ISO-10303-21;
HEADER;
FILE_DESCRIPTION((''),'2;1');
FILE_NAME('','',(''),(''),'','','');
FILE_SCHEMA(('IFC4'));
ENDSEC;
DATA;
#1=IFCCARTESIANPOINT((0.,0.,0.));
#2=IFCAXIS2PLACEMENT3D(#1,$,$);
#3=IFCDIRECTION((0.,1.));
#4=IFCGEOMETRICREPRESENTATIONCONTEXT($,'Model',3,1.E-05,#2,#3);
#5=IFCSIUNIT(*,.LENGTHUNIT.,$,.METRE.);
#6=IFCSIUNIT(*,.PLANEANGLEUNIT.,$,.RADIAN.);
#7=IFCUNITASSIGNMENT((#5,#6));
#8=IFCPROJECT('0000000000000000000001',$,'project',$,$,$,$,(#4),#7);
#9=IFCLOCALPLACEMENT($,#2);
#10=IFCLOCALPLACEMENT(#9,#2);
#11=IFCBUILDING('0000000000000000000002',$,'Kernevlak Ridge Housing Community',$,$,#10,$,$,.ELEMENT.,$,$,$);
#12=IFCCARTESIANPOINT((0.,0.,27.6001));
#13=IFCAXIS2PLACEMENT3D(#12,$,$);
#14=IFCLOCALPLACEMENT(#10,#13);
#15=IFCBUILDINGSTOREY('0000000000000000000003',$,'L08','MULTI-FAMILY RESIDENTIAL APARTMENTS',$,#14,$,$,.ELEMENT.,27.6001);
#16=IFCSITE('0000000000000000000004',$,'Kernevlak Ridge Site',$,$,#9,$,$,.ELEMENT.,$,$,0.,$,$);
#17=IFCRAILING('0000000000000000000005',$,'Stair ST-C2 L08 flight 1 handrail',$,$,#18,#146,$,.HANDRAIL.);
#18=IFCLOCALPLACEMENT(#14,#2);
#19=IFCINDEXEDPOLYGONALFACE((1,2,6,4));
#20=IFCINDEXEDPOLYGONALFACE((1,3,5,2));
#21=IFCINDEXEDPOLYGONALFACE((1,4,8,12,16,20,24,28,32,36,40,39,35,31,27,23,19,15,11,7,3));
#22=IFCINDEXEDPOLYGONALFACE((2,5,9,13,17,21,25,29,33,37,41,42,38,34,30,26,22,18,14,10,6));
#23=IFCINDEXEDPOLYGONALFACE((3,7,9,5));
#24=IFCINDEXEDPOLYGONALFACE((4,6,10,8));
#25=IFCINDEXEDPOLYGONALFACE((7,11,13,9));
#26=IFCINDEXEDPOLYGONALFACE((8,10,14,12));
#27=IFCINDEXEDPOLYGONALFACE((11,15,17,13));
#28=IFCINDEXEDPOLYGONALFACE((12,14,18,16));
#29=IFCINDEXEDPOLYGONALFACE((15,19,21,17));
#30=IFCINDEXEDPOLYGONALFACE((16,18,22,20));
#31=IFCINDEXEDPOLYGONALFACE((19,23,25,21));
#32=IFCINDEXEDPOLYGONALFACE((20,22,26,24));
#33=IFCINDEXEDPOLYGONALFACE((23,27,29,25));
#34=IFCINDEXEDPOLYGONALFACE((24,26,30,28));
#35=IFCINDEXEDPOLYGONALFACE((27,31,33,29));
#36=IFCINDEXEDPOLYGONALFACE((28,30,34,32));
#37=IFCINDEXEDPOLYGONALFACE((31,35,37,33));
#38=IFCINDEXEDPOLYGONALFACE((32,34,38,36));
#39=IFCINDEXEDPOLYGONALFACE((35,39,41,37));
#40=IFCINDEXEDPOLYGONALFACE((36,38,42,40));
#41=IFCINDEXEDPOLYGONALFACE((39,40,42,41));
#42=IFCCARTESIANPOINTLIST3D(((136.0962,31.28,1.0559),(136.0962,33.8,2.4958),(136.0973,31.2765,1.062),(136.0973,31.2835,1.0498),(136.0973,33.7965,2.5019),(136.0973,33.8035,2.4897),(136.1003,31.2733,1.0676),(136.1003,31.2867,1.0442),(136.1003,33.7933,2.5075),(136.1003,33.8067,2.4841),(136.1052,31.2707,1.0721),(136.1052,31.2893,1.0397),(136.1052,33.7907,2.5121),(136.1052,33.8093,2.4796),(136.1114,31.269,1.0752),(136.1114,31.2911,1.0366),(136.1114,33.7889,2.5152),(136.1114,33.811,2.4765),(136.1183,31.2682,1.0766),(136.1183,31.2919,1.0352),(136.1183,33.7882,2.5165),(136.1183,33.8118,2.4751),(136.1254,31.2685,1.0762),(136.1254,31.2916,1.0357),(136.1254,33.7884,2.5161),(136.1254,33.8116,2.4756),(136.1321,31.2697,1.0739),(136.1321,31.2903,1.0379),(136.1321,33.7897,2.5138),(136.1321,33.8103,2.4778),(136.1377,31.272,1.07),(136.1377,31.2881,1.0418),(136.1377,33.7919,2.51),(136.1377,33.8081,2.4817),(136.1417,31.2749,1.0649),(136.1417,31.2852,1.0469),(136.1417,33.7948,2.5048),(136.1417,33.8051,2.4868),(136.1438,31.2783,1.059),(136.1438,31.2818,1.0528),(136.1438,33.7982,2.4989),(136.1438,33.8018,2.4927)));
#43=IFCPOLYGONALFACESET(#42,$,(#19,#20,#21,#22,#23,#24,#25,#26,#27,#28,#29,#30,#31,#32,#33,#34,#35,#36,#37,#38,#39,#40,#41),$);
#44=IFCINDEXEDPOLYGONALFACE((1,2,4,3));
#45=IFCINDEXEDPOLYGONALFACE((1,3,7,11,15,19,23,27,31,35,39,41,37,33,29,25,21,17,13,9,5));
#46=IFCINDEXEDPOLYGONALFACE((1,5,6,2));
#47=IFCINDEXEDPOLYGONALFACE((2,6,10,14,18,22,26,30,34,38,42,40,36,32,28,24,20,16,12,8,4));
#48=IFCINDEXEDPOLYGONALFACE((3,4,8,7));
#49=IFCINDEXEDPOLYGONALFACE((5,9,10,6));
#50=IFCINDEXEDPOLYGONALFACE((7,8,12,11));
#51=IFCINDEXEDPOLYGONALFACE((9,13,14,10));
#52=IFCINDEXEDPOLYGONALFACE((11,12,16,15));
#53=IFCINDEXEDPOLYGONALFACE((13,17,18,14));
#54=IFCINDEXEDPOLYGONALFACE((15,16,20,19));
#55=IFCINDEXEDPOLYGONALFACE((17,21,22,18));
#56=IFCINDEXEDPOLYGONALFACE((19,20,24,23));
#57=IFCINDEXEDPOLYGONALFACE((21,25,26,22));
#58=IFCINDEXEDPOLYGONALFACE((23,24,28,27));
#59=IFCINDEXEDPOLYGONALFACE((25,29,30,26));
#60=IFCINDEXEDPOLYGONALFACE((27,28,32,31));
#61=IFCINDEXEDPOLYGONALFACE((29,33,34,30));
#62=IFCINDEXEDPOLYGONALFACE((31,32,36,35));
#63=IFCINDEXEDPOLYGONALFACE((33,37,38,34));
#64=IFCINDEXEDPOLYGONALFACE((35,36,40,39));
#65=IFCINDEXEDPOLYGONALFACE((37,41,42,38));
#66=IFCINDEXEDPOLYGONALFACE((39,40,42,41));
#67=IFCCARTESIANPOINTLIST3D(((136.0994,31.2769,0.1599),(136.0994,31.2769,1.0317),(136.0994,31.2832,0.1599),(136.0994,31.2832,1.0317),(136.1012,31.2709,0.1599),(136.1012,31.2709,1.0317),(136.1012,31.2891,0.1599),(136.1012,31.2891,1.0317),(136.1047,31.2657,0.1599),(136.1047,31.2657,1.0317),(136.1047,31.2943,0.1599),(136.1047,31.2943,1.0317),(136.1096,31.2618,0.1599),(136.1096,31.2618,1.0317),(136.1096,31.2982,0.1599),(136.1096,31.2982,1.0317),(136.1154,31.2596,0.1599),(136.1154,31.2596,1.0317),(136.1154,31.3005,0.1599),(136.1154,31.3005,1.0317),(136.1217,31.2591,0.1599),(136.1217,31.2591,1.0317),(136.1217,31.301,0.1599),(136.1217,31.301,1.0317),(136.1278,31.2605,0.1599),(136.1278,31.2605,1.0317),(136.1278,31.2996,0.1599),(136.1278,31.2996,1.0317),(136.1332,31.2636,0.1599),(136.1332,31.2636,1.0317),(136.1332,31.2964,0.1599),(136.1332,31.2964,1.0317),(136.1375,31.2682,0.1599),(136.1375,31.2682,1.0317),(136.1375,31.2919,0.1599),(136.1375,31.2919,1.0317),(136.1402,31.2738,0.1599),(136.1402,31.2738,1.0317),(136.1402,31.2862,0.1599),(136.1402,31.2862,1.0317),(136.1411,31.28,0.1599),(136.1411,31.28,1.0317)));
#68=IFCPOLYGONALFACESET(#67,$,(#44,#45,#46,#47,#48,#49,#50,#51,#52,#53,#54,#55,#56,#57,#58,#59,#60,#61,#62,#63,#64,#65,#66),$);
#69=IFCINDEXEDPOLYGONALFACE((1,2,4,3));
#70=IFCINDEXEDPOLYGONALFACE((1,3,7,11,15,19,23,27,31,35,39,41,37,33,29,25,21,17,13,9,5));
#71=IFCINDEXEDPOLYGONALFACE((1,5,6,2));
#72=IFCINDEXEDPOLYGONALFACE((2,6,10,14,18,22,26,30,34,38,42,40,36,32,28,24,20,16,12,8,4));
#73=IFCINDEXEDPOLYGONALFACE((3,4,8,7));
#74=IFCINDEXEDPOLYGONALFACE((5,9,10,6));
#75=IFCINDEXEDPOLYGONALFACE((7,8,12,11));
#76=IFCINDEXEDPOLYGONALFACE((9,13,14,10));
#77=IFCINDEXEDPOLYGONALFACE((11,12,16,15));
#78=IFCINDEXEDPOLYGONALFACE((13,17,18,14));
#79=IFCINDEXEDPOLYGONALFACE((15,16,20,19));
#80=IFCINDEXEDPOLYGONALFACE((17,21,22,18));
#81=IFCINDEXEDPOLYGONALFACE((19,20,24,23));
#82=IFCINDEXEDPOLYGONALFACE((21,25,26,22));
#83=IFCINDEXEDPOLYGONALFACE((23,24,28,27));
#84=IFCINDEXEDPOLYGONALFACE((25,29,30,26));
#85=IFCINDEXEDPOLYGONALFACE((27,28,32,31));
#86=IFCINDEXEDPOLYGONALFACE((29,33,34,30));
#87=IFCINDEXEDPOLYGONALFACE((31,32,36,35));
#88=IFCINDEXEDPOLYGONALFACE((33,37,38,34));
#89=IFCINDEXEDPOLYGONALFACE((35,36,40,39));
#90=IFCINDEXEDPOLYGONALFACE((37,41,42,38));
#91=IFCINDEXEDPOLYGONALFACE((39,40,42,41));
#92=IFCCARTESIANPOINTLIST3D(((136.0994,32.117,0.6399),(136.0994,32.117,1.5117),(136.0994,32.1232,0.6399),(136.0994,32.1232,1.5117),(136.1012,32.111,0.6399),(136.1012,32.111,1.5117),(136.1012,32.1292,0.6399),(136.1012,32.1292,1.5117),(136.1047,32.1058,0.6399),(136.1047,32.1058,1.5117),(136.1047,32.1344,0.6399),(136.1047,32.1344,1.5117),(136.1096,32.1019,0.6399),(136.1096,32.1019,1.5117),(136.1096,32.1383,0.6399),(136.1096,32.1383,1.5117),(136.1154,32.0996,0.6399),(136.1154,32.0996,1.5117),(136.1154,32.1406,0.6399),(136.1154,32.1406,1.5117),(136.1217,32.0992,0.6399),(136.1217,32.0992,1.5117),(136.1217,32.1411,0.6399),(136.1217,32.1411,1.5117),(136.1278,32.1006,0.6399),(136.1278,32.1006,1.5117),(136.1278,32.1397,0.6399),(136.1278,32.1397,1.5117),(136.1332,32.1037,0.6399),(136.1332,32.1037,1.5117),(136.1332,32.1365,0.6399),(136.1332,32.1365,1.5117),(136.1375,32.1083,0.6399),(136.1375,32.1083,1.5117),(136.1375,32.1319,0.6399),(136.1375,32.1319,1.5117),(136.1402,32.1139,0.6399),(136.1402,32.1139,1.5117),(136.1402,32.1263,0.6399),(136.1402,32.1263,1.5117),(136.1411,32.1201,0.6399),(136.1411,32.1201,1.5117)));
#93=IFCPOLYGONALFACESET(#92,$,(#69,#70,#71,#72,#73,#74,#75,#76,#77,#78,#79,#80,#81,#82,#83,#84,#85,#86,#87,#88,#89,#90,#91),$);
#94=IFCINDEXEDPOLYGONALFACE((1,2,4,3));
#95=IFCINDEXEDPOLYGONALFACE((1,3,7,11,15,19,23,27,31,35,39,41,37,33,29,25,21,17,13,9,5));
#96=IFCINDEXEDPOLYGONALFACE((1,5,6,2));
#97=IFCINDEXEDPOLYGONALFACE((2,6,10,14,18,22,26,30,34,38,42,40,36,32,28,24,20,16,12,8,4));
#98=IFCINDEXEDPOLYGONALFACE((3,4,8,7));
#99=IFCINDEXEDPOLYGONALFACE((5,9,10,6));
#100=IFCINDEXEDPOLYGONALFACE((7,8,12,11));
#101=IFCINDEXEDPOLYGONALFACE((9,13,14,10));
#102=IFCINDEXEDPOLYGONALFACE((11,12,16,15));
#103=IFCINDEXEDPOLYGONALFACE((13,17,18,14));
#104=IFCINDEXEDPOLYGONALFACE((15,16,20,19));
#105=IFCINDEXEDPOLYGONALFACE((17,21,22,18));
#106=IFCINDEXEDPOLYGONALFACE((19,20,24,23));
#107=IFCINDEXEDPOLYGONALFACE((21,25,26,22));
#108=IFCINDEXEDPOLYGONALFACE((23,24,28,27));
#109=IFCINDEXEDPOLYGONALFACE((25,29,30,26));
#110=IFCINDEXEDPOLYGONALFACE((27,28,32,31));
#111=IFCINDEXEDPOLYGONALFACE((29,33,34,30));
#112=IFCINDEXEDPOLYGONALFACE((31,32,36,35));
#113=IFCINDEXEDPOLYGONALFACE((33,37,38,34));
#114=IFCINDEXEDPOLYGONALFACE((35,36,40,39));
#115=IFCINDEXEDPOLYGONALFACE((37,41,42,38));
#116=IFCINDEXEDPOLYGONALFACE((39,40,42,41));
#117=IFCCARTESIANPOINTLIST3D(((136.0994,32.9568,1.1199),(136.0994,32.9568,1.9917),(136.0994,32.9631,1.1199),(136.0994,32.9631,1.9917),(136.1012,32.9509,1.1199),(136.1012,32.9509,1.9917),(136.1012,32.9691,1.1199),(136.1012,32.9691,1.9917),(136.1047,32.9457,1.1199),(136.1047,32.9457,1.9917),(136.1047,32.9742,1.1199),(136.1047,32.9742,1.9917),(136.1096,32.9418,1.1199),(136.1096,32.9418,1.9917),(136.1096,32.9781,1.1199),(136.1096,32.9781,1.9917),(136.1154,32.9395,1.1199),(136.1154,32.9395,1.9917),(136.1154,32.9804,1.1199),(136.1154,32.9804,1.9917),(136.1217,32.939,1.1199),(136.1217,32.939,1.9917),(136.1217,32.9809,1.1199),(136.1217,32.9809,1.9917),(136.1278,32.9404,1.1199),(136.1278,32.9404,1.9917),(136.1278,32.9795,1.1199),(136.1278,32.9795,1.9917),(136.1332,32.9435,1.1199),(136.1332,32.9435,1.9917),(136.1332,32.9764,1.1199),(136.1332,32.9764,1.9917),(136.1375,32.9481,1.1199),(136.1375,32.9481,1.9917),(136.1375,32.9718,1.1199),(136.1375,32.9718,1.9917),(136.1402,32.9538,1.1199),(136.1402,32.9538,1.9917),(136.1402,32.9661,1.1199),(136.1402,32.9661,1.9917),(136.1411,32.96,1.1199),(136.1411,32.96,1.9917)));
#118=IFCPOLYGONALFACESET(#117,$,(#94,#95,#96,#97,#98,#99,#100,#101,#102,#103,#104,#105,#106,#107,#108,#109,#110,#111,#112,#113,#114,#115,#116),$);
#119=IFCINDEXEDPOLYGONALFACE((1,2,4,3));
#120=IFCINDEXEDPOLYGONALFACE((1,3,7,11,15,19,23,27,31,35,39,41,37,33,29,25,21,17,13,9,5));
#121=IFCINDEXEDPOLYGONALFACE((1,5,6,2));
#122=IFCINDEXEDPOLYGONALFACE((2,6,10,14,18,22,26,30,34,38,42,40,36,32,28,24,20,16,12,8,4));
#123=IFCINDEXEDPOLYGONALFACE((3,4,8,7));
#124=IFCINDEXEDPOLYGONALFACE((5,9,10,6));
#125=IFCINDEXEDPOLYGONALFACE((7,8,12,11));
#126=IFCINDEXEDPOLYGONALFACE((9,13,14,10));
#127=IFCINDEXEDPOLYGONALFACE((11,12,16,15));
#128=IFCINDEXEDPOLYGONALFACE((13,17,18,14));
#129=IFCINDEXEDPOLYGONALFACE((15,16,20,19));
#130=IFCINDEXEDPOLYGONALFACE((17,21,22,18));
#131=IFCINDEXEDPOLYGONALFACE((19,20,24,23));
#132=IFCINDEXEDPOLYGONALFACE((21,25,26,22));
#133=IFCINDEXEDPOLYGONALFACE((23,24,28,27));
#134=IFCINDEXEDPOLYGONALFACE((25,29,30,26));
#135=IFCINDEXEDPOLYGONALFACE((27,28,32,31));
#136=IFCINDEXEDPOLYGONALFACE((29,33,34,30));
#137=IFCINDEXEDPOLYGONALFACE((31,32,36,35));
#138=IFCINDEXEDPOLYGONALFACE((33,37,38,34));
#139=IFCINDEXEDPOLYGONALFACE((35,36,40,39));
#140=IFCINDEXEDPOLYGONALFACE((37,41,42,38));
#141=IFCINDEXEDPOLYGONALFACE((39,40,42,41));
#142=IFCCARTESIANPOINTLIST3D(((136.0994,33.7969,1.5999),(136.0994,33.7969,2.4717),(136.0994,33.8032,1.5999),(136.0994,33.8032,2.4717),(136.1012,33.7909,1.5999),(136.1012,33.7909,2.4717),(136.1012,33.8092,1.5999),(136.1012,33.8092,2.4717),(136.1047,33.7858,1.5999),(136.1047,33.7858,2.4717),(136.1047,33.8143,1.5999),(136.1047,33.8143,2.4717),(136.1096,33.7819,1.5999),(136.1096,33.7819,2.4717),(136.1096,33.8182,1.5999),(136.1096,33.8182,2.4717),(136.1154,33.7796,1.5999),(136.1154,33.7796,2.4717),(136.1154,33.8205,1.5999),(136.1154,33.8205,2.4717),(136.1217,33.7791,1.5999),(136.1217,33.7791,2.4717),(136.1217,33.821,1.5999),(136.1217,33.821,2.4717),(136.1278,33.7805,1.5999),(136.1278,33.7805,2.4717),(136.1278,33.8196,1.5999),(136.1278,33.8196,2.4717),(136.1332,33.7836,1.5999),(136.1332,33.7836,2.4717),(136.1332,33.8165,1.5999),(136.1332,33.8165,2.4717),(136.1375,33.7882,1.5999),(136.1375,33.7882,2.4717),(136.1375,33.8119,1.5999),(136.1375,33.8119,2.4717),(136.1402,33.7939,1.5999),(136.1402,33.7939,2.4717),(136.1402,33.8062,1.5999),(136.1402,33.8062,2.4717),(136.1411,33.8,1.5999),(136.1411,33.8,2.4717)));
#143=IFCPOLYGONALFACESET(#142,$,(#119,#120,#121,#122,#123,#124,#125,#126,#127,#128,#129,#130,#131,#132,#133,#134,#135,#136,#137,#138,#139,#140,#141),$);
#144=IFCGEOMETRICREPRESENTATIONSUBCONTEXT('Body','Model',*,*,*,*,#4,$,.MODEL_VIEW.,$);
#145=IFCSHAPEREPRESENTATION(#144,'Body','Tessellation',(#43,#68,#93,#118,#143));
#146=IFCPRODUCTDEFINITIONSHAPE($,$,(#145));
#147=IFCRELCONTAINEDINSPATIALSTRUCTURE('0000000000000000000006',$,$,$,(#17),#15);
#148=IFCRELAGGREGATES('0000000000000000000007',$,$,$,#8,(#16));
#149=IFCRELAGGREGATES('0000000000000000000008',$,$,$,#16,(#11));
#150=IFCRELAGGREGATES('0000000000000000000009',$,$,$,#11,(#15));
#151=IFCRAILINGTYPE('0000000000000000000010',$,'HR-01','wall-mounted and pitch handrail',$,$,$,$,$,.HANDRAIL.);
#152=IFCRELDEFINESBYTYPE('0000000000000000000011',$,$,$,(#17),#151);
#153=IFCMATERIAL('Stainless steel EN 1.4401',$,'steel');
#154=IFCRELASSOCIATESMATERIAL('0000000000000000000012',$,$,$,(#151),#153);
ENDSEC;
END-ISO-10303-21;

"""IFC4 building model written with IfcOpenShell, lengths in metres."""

from ifc_helpers import new_model, si_unit, direction, frame, origin, origin_2d, place, context, subcontext, project, spatial, circle, extrude, material, type_object, element, save


model = new_model("IFC4")

# Units and contexts
model_context = context("Model", 3, precision=1e-05, world=origin(), true_north=direction((0.0, 1.0)))
body_context = subcontext(model_context, "Body", "Model", "MODEL_VIEW")
ifc_project = project(units=[si_unit("LENGTHUNIT", "METRE"), si_unit("PLANEANGLEUNIT", "RADIAN")], contexts=[model_context])

# Site, building, storey
site_placement = place(None, origin())
site = spatial("IfcSite", under=ifc_project, at=site_placement, Name="Kernevlak Ridge Site", CompositionType="ELEMENT", RefElevation=0.0)
building_placement = place(site_placement, origin())
building = spatial("IfcBuilding", under=site, at=building_placement, Name="Kernevlak Ridge Housing Community", CompositionType="ELEMENT")
storey_placement = place(building_placement, frame((0.0, 0.0, 27.6001)))
storey = spatial("IfcBuildingStorey", under=building, at=storey_placement, Name="L08", Description="MULTI-FAMILY RESIDENTIAL APARTMENTS", CompositionType="ELEMENT", Elevation=27.6001)

# Railing
ifc_material_1 = material(Name="Stainless steel EN 1.4401", Category="steel")
railing_type_1 = type_object("IfcRailingType", Name="HR-01", Description="wall-mounted and pitch handrail", PredefinedType="HANDRAIL", material=ifc_material_1)
railing_1_placement = place(storey_placement, frame((136.1201, 31.28, 0.1599)))
element("IfcRailing", 1, at=railing_1_placement, inside=storey, type_object=railing_type_1, Name="Stair ST-C2 L08 flight 1 handrail", PredefinedType="HANDRAIL", context=body_context, shape_type="SweptSolid", body=[
    extrude(circle(Radius=0.0239, at=origin_2d()), frame((0.0, 0.0, 0.896), z_axis=(0.0, 0.868253, 0.496121), x_axis=(-1.0, 0.0, 0.0)), (0.0, 0.0, 1.0), 2.9023),
    extrude(circle(Radius=0.021, at=origin_2d()), origin(), (0.0, 0.0, 1.0), 0.8718),
    extrude(circle(Radius=0.021, at=origin_2d()), frame((0.0, 0.8401, 0.48)), (0.0, 0.0, 1.0), 0.8718),
    extrude(circle(Radius=0.021, at=origin_2d()), frame((0.0, 1.6799, 0.96)), (0.0, 0.0, 1.0), 0.8718),
    extrude(circle(Radius=0.021, at=origin_2d()), frame((0.0, 2.52, 1.4399)), (0.0, 0.0, 1.0), 0.8718),
])

save(model, "model.ifc")
